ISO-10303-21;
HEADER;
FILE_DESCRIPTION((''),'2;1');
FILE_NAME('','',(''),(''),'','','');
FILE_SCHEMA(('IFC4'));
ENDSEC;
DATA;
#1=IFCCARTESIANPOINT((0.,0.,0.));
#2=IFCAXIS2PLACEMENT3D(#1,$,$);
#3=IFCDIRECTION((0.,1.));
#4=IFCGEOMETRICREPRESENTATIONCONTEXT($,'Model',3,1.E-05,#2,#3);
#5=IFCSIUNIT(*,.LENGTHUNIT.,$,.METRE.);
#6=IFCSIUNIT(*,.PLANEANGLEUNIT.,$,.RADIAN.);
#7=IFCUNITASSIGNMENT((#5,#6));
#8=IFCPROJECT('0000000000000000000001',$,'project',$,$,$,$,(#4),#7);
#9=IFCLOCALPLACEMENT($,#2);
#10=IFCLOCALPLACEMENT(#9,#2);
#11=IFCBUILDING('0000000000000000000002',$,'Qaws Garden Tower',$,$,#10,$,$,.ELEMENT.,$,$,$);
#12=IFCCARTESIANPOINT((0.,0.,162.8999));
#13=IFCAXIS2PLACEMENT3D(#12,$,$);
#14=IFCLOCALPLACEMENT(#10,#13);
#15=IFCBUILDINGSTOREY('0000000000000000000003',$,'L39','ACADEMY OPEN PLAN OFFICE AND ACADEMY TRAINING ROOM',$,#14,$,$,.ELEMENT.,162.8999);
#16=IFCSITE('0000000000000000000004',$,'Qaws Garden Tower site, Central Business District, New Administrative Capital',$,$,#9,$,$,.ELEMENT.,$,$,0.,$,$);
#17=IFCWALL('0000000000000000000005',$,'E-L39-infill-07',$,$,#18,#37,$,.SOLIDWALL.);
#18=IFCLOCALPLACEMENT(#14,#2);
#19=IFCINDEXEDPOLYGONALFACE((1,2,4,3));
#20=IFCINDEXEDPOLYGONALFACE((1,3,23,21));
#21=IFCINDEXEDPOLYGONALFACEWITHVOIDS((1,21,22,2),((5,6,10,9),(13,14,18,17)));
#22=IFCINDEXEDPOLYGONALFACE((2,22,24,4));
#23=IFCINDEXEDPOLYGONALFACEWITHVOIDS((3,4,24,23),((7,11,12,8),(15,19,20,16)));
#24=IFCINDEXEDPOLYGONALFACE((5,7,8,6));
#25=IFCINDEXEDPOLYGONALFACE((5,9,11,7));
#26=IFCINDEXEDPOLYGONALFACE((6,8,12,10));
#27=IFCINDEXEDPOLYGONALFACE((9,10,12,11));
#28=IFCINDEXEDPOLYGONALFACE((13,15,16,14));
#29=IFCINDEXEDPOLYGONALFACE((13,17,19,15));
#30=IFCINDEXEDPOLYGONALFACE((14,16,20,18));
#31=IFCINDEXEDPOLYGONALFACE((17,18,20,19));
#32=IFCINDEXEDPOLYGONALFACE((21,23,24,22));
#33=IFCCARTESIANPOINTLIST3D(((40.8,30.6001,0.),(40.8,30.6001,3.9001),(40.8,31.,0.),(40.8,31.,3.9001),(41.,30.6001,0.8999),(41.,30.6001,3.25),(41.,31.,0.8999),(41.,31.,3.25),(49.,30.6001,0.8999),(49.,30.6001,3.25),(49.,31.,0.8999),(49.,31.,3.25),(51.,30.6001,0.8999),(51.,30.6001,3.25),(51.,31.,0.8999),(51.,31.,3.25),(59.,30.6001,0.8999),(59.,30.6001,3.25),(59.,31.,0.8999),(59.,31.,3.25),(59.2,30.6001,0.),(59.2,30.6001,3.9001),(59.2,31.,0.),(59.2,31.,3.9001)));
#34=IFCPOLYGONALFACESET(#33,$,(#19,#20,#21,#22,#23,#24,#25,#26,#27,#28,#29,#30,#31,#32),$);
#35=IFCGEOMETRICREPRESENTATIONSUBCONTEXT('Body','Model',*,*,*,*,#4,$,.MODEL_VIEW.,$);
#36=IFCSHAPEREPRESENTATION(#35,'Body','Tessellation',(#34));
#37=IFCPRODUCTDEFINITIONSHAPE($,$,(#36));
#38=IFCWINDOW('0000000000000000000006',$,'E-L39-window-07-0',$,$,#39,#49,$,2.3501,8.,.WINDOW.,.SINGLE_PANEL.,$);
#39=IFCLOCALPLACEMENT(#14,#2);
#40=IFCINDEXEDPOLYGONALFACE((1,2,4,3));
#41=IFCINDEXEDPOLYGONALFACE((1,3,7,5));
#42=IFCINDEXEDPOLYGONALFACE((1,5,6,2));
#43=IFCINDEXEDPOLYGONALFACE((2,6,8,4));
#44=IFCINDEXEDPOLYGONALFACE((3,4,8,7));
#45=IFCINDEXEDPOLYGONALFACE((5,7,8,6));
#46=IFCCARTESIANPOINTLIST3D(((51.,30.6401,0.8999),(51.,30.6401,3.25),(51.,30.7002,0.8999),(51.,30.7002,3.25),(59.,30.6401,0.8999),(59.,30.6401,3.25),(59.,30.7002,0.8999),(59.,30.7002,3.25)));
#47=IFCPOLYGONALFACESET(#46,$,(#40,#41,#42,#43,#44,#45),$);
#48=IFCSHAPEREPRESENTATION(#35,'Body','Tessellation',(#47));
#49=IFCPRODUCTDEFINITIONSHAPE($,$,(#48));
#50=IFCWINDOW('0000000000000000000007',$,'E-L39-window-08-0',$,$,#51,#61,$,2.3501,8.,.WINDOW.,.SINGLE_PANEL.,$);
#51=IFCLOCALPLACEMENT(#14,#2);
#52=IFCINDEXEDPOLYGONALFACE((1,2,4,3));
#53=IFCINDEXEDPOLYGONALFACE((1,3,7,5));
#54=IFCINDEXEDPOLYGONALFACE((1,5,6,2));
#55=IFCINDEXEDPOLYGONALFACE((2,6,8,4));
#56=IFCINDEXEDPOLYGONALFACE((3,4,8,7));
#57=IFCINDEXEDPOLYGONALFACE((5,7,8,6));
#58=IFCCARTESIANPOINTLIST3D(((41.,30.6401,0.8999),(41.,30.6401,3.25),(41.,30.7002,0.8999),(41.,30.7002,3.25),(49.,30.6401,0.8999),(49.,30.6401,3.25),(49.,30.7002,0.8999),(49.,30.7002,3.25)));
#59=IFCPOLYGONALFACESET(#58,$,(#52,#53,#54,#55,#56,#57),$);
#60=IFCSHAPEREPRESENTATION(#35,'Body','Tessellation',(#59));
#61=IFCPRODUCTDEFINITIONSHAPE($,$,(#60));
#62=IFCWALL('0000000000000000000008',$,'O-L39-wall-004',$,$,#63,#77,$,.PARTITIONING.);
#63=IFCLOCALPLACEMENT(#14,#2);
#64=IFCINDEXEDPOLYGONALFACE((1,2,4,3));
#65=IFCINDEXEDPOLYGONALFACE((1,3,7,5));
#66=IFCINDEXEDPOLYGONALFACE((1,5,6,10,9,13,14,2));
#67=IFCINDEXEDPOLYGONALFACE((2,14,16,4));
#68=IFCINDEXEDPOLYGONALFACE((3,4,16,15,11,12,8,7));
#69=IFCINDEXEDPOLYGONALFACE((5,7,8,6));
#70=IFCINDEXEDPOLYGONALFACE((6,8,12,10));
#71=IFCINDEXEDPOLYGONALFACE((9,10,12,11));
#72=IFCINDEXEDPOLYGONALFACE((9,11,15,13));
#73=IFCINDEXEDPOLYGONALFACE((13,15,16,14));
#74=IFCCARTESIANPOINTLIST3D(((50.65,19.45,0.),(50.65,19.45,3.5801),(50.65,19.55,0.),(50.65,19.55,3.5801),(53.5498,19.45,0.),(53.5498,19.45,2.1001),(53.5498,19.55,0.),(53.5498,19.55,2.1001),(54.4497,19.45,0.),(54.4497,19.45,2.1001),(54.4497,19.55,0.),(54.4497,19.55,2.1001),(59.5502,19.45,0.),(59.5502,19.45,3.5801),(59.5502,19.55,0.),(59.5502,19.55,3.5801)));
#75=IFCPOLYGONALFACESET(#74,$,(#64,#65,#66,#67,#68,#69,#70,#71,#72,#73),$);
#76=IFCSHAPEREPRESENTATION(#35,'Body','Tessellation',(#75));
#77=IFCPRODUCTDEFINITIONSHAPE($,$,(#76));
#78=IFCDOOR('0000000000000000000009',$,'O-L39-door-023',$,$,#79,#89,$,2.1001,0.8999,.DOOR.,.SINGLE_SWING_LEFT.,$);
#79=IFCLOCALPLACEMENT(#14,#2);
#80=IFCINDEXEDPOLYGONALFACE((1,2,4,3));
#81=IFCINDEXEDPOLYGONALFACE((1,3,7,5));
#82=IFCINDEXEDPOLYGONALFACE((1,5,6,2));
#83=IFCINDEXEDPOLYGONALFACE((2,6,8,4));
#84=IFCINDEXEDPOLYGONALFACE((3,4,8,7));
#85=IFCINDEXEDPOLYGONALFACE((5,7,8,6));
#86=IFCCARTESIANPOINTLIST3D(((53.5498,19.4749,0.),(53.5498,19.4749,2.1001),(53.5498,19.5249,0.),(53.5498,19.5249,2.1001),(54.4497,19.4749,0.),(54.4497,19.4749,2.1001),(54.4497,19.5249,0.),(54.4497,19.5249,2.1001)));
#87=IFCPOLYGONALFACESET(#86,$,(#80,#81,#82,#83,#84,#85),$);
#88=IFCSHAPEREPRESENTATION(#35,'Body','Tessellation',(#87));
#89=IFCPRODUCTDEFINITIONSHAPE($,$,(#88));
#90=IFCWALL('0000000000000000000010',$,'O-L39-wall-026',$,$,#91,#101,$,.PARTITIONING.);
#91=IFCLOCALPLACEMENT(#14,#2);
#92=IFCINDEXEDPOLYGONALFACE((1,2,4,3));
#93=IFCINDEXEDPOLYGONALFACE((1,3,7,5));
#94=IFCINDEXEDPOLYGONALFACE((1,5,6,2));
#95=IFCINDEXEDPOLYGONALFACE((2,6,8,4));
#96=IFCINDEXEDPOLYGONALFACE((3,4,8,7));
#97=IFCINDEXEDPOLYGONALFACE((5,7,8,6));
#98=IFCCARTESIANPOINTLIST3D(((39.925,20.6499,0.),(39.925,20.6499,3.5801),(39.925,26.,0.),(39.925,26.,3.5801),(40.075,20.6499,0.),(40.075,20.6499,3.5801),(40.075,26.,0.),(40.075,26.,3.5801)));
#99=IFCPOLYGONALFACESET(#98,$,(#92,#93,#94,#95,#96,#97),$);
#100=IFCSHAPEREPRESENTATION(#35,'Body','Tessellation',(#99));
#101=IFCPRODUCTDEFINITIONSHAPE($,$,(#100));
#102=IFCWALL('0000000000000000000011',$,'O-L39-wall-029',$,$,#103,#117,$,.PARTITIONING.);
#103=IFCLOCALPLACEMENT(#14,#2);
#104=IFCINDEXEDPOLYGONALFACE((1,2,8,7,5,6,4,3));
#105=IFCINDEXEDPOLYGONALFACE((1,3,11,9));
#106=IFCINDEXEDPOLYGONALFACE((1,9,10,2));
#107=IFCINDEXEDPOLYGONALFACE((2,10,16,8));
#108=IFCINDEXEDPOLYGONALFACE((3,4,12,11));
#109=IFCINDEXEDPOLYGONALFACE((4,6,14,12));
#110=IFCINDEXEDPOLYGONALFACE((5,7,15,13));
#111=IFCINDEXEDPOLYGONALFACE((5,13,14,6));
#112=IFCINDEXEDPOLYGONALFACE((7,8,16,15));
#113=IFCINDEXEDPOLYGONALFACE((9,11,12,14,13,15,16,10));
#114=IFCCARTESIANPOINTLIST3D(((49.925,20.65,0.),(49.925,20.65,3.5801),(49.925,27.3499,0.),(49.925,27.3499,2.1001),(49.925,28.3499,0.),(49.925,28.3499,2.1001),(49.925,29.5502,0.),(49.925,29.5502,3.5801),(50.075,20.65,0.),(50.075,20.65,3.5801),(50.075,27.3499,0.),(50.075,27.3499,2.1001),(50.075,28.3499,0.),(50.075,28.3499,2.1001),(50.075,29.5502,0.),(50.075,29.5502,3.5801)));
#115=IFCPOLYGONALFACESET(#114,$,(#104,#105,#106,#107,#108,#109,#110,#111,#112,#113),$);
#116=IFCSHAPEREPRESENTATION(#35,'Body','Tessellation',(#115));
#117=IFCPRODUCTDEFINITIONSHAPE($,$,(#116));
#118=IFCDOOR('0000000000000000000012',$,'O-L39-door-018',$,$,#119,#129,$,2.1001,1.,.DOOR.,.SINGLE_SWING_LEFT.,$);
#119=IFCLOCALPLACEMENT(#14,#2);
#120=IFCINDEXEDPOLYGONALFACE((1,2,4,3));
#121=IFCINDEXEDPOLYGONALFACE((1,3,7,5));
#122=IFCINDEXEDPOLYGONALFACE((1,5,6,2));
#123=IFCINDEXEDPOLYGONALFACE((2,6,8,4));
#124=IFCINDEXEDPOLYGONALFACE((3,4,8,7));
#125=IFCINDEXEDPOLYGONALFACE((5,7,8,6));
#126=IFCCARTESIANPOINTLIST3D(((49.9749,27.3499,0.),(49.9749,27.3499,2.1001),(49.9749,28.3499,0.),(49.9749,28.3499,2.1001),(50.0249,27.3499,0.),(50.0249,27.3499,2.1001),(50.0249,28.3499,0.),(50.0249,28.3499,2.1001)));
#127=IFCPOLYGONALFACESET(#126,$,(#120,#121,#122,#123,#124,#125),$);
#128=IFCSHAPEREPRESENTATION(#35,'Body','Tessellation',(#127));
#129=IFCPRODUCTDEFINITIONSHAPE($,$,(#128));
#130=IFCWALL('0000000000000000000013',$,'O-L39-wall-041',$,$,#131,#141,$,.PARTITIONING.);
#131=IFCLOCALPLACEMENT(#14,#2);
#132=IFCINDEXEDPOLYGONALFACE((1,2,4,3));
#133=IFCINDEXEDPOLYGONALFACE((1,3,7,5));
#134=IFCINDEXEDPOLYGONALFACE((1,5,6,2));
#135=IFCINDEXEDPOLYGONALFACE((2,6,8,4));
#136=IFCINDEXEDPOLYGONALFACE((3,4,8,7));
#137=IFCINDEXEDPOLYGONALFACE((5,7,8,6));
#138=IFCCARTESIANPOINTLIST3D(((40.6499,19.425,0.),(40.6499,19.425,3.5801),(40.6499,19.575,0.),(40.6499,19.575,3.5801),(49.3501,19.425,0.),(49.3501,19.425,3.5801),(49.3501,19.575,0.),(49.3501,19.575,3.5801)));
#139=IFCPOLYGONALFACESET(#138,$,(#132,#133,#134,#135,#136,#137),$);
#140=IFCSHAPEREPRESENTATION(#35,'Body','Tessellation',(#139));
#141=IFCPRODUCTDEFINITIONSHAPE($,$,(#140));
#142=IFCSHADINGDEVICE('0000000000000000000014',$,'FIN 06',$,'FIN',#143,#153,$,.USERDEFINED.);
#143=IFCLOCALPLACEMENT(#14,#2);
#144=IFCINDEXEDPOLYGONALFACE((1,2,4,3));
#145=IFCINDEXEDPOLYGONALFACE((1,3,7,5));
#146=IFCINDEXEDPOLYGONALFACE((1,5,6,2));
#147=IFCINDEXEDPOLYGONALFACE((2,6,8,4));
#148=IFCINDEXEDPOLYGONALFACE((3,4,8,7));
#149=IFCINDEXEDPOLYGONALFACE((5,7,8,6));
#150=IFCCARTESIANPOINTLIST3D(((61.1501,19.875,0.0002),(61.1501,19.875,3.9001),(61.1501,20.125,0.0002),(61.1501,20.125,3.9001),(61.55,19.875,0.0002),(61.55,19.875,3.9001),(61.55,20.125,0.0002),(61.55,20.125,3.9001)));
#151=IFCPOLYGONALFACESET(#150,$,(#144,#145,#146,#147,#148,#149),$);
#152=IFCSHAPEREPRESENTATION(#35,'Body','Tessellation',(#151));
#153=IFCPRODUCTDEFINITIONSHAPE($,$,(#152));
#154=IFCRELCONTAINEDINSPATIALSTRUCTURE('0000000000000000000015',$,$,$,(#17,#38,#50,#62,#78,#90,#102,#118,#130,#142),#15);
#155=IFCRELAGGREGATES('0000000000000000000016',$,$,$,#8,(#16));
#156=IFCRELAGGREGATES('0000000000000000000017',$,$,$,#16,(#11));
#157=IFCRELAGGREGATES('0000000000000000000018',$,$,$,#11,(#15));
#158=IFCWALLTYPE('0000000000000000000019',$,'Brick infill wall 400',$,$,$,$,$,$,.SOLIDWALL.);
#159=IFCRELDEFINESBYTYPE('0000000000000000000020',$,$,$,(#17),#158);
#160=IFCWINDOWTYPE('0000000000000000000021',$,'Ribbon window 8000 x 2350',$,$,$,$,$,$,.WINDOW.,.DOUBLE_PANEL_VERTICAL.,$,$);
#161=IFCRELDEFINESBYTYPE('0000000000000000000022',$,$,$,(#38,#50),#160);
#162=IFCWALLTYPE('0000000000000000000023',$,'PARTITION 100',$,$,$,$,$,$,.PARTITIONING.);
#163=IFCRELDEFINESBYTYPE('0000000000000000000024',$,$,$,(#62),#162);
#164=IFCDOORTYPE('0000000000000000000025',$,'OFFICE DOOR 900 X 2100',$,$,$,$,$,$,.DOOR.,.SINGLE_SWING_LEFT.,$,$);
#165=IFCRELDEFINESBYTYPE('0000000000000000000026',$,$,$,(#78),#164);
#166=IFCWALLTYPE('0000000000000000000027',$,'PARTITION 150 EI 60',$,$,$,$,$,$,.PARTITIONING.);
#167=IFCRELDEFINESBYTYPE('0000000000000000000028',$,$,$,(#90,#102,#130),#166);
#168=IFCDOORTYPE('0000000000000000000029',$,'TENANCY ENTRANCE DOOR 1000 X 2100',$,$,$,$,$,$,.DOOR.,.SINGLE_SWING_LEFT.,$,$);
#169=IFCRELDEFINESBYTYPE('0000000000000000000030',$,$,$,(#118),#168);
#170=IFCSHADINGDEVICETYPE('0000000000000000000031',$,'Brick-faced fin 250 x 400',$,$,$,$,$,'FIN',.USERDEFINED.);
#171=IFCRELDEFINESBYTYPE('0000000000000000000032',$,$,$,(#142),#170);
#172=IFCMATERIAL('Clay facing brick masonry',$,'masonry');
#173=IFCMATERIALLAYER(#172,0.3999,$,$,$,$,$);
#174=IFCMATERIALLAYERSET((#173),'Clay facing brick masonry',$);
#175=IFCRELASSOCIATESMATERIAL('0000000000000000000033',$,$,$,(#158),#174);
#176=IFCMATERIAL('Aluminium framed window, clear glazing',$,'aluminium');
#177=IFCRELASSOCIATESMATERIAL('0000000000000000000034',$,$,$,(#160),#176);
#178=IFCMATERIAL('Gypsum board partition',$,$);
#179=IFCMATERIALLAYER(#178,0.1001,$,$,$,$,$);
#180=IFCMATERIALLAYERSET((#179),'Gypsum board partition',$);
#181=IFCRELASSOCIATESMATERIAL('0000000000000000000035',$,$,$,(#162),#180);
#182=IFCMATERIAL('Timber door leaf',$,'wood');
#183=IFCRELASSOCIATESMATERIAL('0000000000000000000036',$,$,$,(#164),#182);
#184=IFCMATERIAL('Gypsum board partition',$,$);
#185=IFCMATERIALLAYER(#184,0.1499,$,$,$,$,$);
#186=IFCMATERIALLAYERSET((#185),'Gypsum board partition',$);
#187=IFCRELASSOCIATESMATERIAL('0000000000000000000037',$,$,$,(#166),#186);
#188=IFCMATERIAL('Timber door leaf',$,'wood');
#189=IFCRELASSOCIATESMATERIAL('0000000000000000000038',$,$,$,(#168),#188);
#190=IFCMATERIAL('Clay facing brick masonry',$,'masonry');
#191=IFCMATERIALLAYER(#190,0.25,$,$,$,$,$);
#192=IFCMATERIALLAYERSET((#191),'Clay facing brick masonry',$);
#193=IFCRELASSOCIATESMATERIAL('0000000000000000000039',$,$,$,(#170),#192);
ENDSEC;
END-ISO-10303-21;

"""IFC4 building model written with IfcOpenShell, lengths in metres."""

from ifc_helpers import new_model, si_unit, direction, frame, frame_2d, origin, origin_2d, place, context, subcontext, project, spatial, rectangle, extrude, material, layer, layer_set, type_object, element, fill, save


model = new_model("IFC4")

# Units and contexts
model_context = context("Model", 3, precision=1e-05, world=origin(), true_north=direction((0.0, 1.0)))
body_context = subcontext(model_context, "Body", "Model", "MODEL_VIEW")
ifc_project = project(units=[si_unit("LENGTHUNIT", "METRE"), si_unit("PLANEANGLEUNIT", "RADIAN")], contexts=[model_context])

# Site, building, storey
site_placement = place(None, origin())
site = spatial("IfcSite", under=ifc_project, at=site_placement, Name="Qaws Garden Tower site, Central Business District, New Administrative Capital", CompositionType="ELEMENT", RefElevation=0.0)
building_placement = place(site_placement, origin())
building = spatial("IfcBuilding", under=site, at=building_placement, Name="Qaws Garden Tower", CompositionType="ELEMENT")
storey_placement = place(building_placement, frame((0.0, 0.0, 162.8999)))
storey = spatial("IfcBuildingStorey", under=building, at=storey_placement, Name="L39", Description="ACADEMY OPEN PLAN OFFICE AND ACADEMY TRAINING ROOM", CompositionType="ELEMENT", Elevation=162.8999)

# Wall, openings, windows
ifc_material_1 = material(Name="Clay facing brick masonry", Category="masonry")
ifc_layer_1 = layer(ifc_material_1, 0.3999)
ifc_layer_set_1 = layer_set([ifc_layer_1], Name="Clay facing brick masonry")
wall_type_1 = type_object("IfcWallType", Name="Brick infill wall 400", PredefinedType="SOLIDWALL", material=ifc_layer_set_1)
wall_1_placement = place(storey_placement, frame((59.2, 30.8, 0.0), z_axis=(0.0, 0.0, 1.0), x_axis=(-1.0, 0.0, 0.0)))
wall_1 = element("IfcWall", 1, at=wall_1_placement, inside=storey, type_object=wall_type_1, Name="E-L39-infill-07", PredefinedType="SOLIDWALL", context=body_context, shape_type="SweptSolid", body=[
    extrude(rectangle(XDim=18.3999, YDim=0.3999, at=frame_2d((9.2, 0.0))), origin(), (0.0, 0.0, 1.0), 3.9001),
])
opening_1_placement = place(wall_1_placement, frame((0.2, 0.0, 0.8999)))
opening_1 = element("IfcOpeningElement", 2, at=opening_1_placement, cuts=wall_1, PredefinedType="OPENING", context=body_context, shape_type="SweptSolid", body=[
    extrude(rectangle(XDim=8.0, YDim=2.3501, at=frame_2d((4.0, 1.175))), frame((0.0, 0.21, 0.0), z_axis=(0.0, -1.0, 0.0), x_axis=(1.0, 0.0, 0.0)), (0.0, 0.0, 1.0), 0.4199),
])
opening_2_placement = place(wall_1_placement, frame((10.2, 0.0, 0.8999)))
opening_2 = element("IfcOpeningElement", 3, at=opening_2_placement, cuts=wall_1, PredefinedType="OPENING", context=body_context, shape_type="SweptSolid", body=[
    extrude(rectangle(XDim=8.0, YDim=2.3501, at=frame_2d((4.0, 1.175))), frame((0.0, 0.21, 0.0), z_axis=(0.0, -1.0, 0.0), x_axis=(1.0, 0.0, 0.0)), (0.0, 0.0, 1.0), 0.4199),
])
ifc_material_2 = material(Name="Aluminium framed window, clear glazing", Category="aluminium")
window_type = type_object("IfcWindowType", Name="Ribbon window 8000 x 2350", PartitioningType="DOUBLE_PANEL_VERTICAL", PredefinedType="WINDOW", material=ifc_material_2)
window_1_placement = place(opening_1_placement, origin())
window_1 = element("IfcWindow", 4, at=window_1_placement, inside=storey, type_object=window_type, Name="E-L39-window-07-0", OverallHeight=2.3501, OverallWidth=8.0, PartitioningType="SINGLE_PANEL", PredefinedType="WINDOW", context=body_context, shape_type="SweptSolid", body=[
    extrude(rectangle(XDim=8.0, YDim=2.3501, at=frame_2d((4.0, 1.175))), frame((0.0, 0.1599, 0.0), z_axis=(0.0, -1.0, 0.0), x_axis=(1.0, 0.0, 0.0)), (0.0, 0.0, 1.0), 0.0601),
])
fill(opening_1, window_1)
window_2_placement = place(opening_2_placement, origin())
window_2 = element("IfcWindow", 5, at=window_2_placement, inside=storey, type_object=window_type, Name="E-L39-window-08-0", OverallHeight=2.3501, OverallWidth=8.0, PartitioningType="SINGLE_PANEL", PredefinedType="WINDOW", context=body_context, shape_type="SweptSolid", body=[
    extrude(rectangle(XDim=8.0, YDim=2.3501, at=frame_2d((4.0, 1.175))), frame((0.0, 0.1599, 0.0), z_axis=(0.0, -1.0, 0.0), x_axis=(1.0, 0.0, 0.0)), (0.0, 0.0, 1.0), 0.0601),
])
fill(opening_2, window_2)

# Wall, opening, door
ifc_material_3 = material(Name="Gypsum board partition")
ifc_layer_2 = layer(ifc_material_3, 0.1001)
ifc_layer_set_2 = layer_set([ifc_layer_2], Name="Gypsum board partition")
wall_type_2 = type_object("IfcWallType", Name="PARTITION 100", PredefinedType="PARTITIONING", material=ifc_layer_set_2)
wall_2_placement = place(storey_placement, frame((50.6499, 19.5, 0.0), z_axis=(0.0, 0.0, 1.0), x_axis=(1.0, 0.0, 0.0)))
wall_2 = element("IfcWall", 6, at=wall_2_placement, inside=storey, type_object=wall_type_2, Name="O-L39-wall-004", PredefinedType="PARTITIONING", context=body_context, shape_type="SweptSolid", body=[
    extrude(rectangle(XDim=8.9001, YDim=0.1001, at=frame_2d((4.4502, 0.0))), origin(), (0.0, 0.0, 1.0), 3.5801),
])
opening_3_placement = place(wall_2_placement, frame((2.8999, 0.0, 0.0)))
opening_3 = element("IfcOpeningElement", 7, at=opening_3_placement, cuts=wall_2, PredefinedType="OPENING", context=body_context, shape_type="SweptSolid", body=[
    extrude(rectangle(XDim=0.8999, YDim=2.1001, at=frame_2d((0.45, 1.05))), frame((0.0, 0.0601, 0.0), z_axis=(0.0, -1.0, 0.0), x_axis=(1.0, 0.0, 0.0)), (0.0, 0.0, 1.0), 0.1201),
])
ifc_material_4 = material(Name="Timber door leaf", Category="wood")
door_type_1 = type_object("IfcDoorType", Name="OFFICE DOOR 900 X 2100", OperationType="SINGLE_SWING_LEFT", PredefinedType="DOOR", material=ifc_material_4)
door_1_placement = place(opening_3_placement, origin())
door_1 = element("IfcDoor", 8, at=door_1_placement, inside=storey, type_object=door_type_1, Name="O-L39-door-023", OperationType="SINGLE_SWING_LEFT", OverallHeight=2.1001, OverallWidth=0.8999, PredefinedType="DOOR", context=body_context, shape_type="SweptSolid", body=[
    extrude(rectangle(XDim=0.8999, YDim=2.1001, at=frame_2d((0.45, 1.05))), frame((0.0, 0.0249, 0.0), z_axis=(0.0, -1.0, 0.0), x_axis=(1.0, 0.0, 0.0)), (0.0, 0.0, 1.0), 0.05),
])
fill(opening_3, door_1)

# Wall
ifc_material_5 = material(Name="Gypsum board partition")
ifc_layer_3 = layer(ifc_material_5, 0.1499)
ifc_layer_set_3 = layer_set([ifc_layer_3], Name="Gypsum board partition")
wall_type_3 = type_object("IfcWallType", Name="PARTITION 150 EI 60", PredefinedType="PARTITIONING", material=ifc_layer_set_3)
wall_3_placement = place(storey_placement, frame((40.0, 20.6499, 0.0), z_axis=(0.0, 0.0, 1.0), x_axis=(0.0, 1.0, 0.0)))
element("IfcWall", 9, at=wall_3_placement, inside=storey, type_object=wall_type_3, Name="O-L39-wall-026", PredefinedType="PARTITIONING", context=body_context, shape_type="SweptSolid", body=[
    extrude(rectangle(XDim=5.3501, YDim=0.1499, at=frame_2d((2.675, 0.0))), origin(), (0.0, 0.0, 1.0), 3.5801),
])

# Wall, opening, door
wall_4_placement = place(storey_placement, frame((50.0, 20.6499, 0.0), z_axis=(0.0, 0.0, 1.0), x_axis=(0.0, 1.0, 0.0)))
wall_4 = element("IfcWall", 10, at=wall_4_placement, inside=storey, type_object=wall_type_3, Name="O-L39-wall-029", PredefinedType="PARTITIONING", context=body_context, shape_type="SweptSolid", body=[
    extrude(rectangle(XDim=8.9001, YDim=0.1499, at=frame_2d((4.4502, 0.0))), origin(), (0.0, 0.0, 1.0), 3.5801),
])
opening_4_placement = place(wall_4_placement, frame((6.7, 0.0, 0.0)))
opening_4 = element("IfcOpeningElement", 11, at=opening_4_placement, cuts=wall_4, PredefinedType="OPENING", context=body_context, shape_type="SweptSolid", body=[
    extrude(rectangle(XDim=1.0, YDim=2.1001, at=frame_2d((0.5, 1.05))), frame((0.0, 0.085, 0.0), z_axis=(0.0, -1.0, 0.0), x_axis=(1.0, 0.0, 0.0)), (0.0, 0.0, 1.0), 0.1699),
])
ifc_material_6 = material(Name="Timber door leaf", Category="wood")
door_type_2 = type_object("IfcDoorType", Name="TENANCY ENTRANCE DOOR 1000 X 2100", OperationType="SINGLE_SWING_LEFT", PredefinedType="DOOR", material=ifc_material_6)
door_2_placement = place(opening_4_placement, frame((1.0, 0.0, 0.0), z_axis=(0.0, 0.0, 1.0), x_axis=(-1.0, 0.0, 0.0)))
door_2 = element("IfcDoor", 12, at=door_2_placement, inside=storey, type_object=door_type_2, Name="O-L39-door-018", OperationType="SINGLE_SWING_LEFT", OverallHeight=2.1001, OverallWidth=1.0, PredefinedType="DOOR", context=body_context, shape_type="SweptSolid", body=[
    extrude(rectangle(XDim=1.0, YDim=2.1001, at=frame_2d((0.5, 1.05))), frame((0.0, 0.0249, 0.0), z_axis=(0.0, -1.0, 0.0), x_axis=(1.0, 0.0, 0.0)), (0.0, 0.0, 1.0), 0.05),
])
fill(opening_4, door_2)

# Wall
wall_5_placement = place(storey_placement, frame((40.6499, 19.5, 0.0), z_axis=(0.0, 0.0, 1.0), x_axis=(1.0, 0.0, 0.0)))
element("IfcWall", 13, at=wall_5_placement, inside=storey, type_object=wall_type_3, Name="O-L39-wall-041", PredefinedType="PARTITIONING", context=body_context, shape_type="SweptSolid", body=[
    extrude(rectangle(XDim=8.7002, YDim=0.1499, at=frame_2d((4.3501, 0.0))), origin(), (0.0, 0.0, 1.0), 3.5801),
])

# Shading device
ifc_material_7 = material(Name="Clay facing brick masonry", Category="masonry")
ifc_layer_4 = layer(ifc_material_7, 0.25)
ifc_layer_set_4 = layer_set([ifc_layer_4], Name="Clay facing brick masonry")
shading_device_type = type_object("IfcShadingDeviceType", Name="Brick-faced fin 250 x 400", ElementType="FIN", PredefinedType="USERDEFINED", material=ifc_layer_set_4)
shading_device_placement = place(storey_placement, frame((61.3501, 20.0, 0.0002), z_axis=(0.0, 0.0, 1.0), x_axis=(0.0, 1.0, 0.0)))
element("IfcShadingDevice", 14, at=shading_device_placement, inside=storey, type_object=shading_device_type, Name="FIN 06", ObjectType="FIN", PredefinedType="USERDEFINED", context=body_context, shape_type="SweptSolid", body=[
    extrude(rectangle(XDim=0.25, YDim=0.3999, at=origin_2d()), origin(), (0.0, 0.0, 1.0), 3.8999),
])

save(model, "model.ifc")
